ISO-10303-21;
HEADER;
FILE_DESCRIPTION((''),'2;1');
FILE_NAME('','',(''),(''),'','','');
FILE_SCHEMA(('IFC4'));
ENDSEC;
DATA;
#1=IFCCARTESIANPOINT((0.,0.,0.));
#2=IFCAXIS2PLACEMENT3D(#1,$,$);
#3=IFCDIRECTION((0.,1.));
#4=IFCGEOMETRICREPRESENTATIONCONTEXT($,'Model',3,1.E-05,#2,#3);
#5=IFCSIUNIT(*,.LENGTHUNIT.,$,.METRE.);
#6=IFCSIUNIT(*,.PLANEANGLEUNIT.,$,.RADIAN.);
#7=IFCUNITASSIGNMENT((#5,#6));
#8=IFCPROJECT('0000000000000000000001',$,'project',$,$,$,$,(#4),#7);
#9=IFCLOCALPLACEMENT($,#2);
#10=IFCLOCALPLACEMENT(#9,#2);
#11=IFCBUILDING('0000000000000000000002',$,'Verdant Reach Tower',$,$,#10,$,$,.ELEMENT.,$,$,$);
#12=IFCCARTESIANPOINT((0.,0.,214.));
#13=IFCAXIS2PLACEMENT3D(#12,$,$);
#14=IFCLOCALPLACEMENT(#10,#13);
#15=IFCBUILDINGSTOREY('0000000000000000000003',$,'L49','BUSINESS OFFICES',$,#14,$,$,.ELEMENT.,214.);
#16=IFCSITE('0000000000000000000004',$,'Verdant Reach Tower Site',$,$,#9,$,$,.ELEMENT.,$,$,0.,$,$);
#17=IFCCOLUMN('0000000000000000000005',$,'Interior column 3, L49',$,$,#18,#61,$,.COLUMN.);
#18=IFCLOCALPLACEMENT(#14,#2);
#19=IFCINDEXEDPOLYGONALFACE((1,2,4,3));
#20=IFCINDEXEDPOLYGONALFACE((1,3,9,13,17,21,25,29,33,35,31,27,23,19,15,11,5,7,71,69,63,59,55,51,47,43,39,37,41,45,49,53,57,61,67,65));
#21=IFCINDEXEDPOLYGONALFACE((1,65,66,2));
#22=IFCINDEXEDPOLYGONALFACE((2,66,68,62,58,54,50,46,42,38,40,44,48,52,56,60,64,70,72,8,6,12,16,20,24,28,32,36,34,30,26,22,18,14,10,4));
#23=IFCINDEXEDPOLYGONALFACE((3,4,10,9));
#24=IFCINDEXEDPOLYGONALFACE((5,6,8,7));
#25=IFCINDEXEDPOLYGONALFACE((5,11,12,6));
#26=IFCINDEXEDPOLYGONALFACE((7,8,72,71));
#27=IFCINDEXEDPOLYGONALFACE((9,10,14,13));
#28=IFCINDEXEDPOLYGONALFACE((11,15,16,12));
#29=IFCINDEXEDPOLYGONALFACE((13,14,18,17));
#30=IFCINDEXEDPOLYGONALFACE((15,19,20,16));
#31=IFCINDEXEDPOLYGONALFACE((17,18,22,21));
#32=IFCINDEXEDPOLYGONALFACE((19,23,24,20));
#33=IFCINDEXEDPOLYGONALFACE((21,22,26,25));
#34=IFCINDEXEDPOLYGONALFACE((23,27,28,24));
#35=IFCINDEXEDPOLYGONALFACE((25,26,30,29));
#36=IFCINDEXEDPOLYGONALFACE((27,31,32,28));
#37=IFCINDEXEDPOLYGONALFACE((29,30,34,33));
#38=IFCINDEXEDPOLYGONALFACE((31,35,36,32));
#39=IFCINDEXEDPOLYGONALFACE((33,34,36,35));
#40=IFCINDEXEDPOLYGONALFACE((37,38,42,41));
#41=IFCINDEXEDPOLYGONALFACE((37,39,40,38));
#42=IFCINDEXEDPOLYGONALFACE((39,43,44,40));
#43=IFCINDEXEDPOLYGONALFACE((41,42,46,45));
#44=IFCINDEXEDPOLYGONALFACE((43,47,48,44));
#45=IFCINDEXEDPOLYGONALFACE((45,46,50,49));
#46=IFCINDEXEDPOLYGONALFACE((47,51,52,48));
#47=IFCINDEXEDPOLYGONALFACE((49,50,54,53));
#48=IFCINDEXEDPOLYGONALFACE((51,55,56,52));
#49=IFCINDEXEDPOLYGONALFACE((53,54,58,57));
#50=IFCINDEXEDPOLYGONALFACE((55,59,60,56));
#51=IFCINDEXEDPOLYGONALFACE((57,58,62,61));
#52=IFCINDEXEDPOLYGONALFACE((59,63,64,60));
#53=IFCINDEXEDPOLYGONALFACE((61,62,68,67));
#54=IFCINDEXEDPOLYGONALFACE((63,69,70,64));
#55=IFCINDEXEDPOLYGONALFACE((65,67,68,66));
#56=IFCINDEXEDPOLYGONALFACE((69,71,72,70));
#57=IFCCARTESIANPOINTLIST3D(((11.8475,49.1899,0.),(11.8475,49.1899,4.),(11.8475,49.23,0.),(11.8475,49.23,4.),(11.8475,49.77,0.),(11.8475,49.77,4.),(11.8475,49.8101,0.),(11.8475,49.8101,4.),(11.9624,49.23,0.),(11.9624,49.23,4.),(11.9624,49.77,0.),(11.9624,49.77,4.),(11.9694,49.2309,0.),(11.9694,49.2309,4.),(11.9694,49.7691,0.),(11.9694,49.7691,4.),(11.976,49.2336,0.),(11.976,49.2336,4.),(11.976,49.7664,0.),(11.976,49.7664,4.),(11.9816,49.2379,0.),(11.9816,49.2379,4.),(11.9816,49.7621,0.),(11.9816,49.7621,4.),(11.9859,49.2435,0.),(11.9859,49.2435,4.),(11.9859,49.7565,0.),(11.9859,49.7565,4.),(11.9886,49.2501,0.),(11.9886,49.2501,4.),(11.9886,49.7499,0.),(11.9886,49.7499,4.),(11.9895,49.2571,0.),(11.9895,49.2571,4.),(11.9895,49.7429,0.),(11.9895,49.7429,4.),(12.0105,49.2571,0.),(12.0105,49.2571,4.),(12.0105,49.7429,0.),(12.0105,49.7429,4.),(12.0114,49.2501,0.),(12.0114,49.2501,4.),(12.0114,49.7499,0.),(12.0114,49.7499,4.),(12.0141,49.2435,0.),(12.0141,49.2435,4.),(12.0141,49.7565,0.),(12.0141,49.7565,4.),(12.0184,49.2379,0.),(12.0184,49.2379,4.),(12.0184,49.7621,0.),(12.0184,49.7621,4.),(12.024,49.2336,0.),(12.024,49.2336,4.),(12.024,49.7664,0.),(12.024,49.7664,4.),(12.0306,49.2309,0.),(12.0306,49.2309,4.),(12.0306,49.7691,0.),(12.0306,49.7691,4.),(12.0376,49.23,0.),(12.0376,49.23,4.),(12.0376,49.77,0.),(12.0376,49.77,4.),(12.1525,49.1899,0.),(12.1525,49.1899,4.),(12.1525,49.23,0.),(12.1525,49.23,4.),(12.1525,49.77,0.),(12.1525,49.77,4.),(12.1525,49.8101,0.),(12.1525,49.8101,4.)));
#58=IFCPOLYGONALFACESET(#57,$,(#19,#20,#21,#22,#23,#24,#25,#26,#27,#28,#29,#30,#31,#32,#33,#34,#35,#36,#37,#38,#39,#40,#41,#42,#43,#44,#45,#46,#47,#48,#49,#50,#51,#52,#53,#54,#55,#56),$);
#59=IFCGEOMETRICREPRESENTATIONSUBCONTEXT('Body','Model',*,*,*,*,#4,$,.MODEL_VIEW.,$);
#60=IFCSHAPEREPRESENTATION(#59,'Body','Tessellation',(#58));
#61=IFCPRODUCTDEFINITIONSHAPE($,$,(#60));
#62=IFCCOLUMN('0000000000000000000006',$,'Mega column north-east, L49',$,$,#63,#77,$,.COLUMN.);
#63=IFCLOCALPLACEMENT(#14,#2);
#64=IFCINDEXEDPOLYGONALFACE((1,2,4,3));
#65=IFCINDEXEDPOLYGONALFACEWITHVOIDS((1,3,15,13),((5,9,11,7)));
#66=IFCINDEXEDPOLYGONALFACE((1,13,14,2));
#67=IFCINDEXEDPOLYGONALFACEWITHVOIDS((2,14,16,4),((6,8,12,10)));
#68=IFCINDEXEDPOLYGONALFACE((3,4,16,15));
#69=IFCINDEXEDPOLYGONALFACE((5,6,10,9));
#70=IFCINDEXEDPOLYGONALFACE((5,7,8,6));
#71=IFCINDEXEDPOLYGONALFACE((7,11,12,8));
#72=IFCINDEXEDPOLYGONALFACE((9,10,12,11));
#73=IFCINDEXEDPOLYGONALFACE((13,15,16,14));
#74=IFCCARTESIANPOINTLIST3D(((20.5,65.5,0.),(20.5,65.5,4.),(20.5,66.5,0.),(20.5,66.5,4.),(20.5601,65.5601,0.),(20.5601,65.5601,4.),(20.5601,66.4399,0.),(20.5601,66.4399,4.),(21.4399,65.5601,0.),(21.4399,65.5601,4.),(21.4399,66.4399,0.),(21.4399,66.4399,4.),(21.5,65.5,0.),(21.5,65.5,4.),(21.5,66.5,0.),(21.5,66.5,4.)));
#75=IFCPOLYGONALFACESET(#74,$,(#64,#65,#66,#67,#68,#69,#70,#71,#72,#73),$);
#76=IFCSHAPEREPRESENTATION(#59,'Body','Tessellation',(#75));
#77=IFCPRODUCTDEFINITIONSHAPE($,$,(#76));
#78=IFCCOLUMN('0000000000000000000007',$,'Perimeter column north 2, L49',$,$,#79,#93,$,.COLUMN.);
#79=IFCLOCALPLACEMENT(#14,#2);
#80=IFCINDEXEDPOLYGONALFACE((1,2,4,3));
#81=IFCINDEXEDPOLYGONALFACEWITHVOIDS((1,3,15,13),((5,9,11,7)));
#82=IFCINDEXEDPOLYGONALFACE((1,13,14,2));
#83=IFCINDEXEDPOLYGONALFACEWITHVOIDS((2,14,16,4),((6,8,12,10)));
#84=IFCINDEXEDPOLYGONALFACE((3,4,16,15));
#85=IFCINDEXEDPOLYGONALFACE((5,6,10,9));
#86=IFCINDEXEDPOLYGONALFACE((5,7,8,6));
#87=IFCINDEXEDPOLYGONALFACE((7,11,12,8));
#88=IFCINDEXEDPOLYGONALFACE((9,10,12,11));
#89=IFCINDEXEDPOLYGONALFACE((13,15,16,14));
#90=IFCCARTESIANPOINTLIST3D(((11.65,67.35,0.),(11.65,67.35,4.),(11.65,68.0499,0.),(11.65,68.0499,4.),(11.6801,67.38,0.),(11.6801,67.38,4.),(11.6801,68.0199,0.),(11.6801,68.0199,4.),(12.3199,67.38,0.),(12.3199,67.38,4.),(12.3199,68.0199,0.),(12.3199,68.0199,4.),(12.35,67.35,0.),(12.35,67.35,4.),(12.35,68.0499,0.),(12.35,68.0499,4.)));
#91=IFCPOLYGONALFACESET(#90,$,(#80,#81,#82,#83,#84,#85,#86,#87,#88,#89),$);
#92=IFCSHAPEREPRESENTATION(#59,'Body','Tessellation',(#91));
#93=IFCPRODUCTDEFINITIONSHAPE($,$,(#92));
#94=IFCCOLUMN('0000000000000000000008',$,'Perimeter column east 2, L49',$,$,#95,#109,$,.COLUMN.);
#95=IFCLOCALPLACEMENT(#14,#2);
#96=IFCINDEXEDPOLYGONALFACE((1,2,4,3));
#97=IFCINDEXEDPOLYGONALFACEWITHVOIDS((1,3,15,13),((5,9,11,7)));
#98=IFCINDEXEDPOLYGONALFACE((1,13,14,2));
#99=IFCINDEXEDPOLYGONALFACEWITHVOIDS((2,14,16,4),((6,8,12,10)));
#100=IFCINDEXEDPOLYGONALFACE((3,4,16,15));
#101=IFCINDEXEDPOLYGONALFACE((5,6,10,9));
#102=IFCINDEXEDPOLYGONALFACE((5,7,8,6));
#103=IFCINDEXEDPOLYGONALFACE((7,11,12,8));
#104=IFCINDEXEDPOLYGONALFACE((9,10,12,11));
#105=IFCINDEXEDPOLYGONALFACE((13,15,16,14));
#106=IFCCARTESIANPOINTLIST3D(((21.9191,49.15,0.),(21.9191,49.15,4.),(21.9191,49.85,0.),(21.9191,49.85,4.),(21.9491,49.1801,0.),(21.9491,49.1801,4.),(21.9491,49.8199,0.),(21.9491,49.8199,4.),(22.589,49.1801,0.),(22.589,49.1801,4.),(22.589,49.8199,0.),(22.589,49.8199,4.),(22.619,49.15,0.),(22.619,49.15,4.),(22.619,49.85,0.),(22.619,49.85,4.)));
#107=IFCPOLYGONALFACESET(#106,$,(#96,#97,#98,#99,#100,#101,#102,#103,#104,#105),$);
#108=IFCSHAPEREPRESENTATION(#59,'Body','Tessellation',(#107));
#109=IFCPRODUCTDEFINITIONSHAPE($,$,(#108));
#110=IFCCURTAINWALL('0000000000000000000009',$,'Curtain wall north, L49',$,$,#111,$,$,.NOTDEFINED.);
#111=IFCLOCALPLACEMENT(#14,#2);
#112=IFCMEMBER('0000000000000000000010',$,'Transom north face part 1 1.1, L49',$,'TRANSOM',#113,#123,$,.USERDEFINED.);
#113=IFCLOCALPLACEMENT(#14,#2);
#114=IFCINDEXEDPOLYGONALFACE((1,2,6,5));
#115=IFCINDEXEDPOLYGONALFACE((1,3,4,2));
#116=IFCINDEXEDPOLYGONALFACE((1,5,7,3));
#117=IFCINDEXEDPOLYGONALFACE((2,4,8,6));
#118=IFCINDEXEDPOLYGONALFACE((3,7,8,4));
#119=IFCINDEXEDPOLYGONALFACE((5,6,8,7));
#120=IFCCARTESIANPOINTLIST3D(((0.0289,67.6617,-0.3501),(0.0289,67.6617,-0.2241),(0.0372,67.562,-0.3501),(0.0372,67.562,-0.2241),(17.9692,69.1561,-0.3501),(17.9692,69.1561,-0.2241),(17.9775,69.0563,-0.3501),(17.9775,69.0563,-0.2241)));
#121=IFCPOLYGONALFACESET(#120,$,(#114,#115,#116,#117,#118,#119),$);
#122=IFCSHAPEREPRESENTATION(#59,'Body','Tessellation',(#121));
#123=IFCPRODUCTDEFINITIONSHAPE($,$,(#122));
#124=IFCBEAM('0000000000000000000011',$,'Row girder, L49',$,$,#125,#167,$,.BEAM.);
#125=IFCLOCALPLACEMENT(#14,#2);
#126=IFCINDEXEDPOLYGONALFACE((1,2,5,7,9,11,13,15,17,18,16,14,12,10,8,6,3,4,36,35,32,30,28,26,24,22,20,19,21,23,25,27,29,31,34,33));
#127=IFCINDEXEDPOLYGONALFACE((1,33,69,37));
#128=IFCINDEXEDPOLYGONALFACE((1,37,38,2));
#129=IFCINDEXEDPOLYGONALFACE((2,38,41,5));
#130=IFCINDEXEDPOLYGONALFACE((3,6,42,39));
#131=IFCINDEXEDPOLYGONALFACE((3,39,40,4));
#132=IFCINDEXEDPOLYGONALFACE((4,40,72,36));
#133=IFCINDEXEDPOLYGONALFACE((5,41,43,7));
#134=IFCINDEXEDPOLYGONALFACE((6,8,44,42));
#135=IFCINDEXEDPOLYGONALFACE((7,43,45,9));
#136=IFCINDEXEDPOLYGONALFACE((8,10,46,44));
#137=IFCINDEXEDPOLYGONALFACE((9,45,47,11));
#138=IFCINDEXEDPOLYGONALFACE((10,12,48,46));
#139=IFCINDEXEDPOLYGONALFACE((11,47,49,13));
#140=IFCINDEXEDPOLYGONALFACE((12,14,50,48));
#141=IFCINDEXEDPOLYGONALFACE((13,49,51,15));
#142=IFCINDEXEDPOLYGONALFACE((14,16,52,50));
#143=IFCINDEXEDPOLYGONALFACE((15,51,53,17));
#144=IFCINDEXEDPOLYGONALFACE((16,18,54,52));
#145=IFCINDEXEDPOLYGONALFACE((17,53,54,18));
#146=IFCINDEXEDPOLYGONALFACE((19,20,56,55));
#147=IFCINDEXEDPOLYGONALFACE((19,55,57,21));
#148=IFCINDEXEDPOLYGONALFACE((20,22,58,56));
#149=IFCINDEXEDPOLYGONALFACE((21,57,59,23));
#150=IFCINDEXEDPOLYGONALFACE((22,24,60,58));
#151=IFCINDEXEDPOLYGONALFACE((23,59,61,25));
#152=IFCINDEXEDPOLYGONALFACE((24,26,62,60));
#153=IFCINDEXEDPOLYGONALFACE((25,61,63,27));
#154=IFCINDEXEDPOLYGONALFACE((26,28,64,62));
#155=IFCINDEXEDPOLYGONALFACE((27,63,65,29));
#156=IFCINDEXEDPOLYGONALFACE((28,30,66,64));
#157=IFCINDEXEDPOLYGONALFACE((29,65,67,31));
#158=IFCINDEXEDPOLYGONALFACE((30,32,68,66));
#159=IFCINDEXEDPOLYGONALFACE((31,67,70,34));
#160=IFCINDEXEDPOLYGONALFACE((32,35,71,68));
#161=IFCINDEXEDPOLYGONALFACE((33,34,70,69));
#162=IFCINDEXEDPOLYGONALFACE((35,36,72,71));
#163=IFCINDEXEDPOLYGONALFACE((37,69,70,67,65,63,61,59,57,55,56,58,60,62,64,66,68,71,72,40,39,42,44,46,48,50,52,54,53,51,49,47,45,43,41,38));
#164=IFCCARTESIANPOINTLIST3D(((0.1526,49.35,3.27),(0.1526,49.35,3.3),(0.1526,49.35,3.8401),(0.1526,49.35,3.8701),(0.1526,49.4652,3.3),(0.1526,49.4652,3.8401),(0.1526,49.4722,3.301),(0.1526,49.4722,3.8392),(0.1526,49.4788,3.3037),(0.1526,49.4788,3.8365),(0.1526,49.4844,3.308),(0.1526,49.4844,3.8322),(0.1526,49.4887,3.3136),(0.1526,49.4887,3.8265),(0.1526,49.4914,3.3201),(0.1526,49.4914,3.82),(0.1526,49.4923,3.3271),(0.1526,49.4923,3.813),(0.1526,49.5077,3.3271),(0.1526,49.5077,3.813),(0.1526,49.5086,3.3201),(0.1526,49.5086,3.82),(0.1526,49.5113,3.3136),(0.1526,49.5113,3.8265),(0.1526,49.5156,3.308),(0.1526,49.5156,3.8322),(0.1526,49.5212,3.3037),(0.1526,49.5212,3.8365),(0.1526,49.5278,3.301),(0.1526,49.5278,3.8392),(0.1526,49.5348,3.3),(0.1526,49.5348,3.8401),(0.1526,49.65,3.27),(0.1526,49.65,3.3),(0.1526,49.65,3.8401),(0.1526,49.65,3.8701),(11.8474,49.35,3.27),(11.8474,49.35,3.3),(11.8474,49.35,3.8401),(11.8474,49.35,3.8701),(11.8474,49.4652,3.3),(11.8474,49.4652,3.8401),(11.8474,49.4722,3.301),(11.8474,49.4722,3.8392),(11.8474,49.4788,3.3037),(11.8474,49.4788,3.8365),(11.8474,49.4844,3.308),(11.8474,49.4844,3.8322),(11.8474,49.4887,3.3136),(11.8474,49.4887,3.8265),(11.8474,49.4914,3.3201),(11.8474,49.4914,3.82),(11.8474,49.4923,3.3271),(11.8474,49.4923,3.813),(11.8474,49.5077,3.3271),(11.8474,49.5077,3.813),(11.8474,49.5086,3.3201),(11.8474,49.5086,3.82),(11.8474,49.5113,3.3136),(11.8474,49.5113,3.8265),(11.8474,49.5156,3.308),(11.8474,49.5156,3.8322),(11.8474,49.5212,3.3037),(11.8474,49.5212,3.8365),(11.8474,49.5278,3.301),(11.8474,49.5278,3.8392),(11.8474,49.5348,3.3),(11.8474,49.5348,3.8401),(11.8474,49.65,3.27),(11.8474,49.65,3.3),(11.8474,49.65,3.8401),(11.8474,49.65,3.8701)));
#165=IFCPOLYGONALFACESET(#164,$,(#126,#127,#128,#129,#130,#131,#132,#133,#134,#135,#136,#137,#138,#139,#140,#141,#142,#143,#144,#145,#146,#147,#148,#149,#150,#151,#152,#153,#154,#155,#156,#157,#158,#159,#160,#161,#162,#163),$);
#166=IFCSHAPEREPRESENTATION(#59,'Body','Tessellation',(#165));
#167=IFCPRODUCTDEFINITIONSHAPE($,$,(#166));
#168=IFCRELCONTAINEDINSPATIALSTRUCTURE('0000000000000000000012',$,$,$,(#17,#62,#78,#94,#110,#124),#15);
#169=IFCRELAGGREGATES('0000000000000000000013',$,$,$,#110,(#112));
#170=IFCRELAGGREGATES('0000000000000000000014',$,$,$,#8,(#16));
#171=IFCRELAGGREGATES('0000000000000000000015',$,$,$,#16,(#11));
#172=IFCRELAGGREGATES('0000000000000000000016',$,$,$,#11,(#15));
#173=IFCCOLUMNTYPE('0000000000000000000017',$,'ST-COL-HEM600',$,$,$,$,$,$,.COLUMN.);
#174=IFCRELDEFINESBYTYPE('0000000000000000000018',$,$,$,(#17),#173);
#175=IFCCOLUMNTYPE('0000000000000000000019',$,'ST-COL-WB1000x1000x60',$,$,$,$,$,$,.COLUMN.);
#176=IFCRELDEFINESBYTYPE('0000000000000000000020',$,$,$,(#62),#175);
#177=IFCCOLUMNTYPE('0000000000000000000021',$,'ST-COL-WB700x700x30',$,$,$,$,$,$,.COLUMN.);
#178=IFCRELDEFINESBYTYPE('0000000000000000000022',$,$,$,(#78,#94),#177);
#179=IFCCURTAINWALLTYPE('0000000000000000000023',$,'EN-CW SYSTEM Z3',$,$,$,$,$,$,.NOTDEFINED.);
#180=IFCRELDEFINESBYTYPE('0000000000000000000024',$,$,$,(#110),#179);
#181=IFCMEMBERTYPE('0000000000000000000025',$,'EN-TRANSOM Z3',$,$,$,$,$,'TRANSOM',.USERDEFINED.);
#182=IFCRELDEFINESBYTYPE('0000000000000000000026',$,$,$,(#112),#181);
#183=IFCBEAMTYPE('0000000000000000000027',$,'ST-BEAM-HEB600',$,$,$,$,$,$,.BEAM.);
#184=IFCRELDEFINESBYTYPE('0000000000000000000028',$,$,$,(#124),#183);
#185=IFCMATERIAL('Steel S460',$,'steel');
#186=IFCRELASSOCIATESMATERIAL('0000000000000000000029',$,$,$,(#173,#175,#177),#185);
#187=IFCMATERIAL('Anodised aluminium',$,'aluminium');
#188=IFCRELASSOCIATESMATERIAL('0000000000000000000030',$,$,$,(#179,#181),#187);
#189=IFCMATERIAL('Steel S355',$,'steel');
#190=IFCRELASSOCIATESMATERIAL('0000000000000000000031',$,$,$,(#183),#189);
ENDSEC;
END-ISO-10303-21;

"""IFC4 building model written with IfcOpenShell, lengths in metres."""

from ifc_helpers import new_model, si_unit, direction, frame, origin, origin_2d, place, context, subcontext, project, spatial, rectangle, hollow_rectangle, i_section, extrude, material, material_profile, profile_set, type_object, element, aggregate, save


model = new_model("IFC4")

# Units and contexts
model_context = context("Model", 3, precision=1e-05, world=origin(), true_north=direction((0.0, 1.0)))
body_context = subcontext(model_context, "Body", "Model", "MODEL_VIEW")
ifc_project = project(units=[si_unit("LENGTHUNIT", "METRE"), si_unit("PLANEANGLEUNIT", "RADIAN")], contexts=[model_context])

# Site, building, storey
site_placement = place(None, origin())
site = spatial("IfcSite", under=ifc_project, at=site_placement, Name="Verdant Reach Tower Site", CompositionType="ELEMENT", RefElevation=0.0)
building_placement = place(site_placement, origin())
building = spatial("IfcBuilding", under=site, at=building_placement, Name="Verdant Reach Tower", CompositionType="ELEMENT")
storey_placement = place(building_placement, frame((0.0, 0.0, 214.0)))
storey = spatial("IfcBuildingStorey", under=building, at=storey_placement, Name="L49", Description="BUSINESS OFFICES", CompositionType="ELEMENT", Elevation=214.0)

# Columns
ifc_material_1 = material(Name="Steel S460", Category="steel")
ifc_material_profile_1 = material_profile(ifc_material_1, i_section(OverallWidth=0.3049, OverallDepth=0.6201, WebThickness=0.021, FlangeThickness=0.04, FilletRadius=0.0271, at=origin_2d()), Name="HEM 600")
ifc_profile_set_1 = profile_set([ifc_material_profile_1], Name="Steel S460")
column_type_1 = type_object("IfcColumnType", Name="ST-COL-HEM600", PredefinedType="COLUMN", material=ifc_profile_set_1)
column_1_placement = place(storey_placement, frame((12.0, 49.5, 0.0), z_axis=(0.0, 0.0, 1.0), x_axis=(1.0, 0.0, 0.0)))
element("IfcColumn", 1, at=column_1_placement, inside=storey, type_object=column_type_1, Name="Interior column 3, L49", PredefinedType="COLUMN", context=body_context, shape_type="SweptSolid", body=[
    extrude(i_section(OverallWidth=0.3049, OverallDepth=0.6201, WebThickness=0.021, FlangeThickness=0.04, FilletRadius=0.0271, at=origin_2d()), origin(), (0.0, 0.0, 1.0), 4.0),
])
ifc_material_profile_2 = material_profile(ifc_material_1, hollow_rectangle(XDim=1.0, YDim=1.0, WallThickness=0.0601, at=origin_2d()), Name="WB 1000x1000x60")
ifc_profile_set_2 = profile_set([ifc_material_profile_2], Name="Steel S460")
column_type_2 = type_object("IfcColumnType", Name="ST-COL-WB1000x1000x60", PredefinedType="COLUMN", material=ifc_profile_set_2)
column_2_placement = place(storey_placement, frame((21.0, 66.0, 0.0), z_axis=(0.0, 0.0, 1.0), x_axis=(1.0, 0.0, 0.0)))
element("IfcColumn", 2, at=column_2_placement, inside=storey, type_object=column_type_2, Name="Mega column north-east, L49", PredefinedType="COLUMN", context=body_context, shape_type="SweptSolid", body=[
    extrude(hollow_rectangle(XDim=1.0, YDim=1.0, WallThickness=0.0601, at=origin_2d()), origin(), (0.0, 0.0, 1.0), 4.0),
])
ifc_material_profile_3 = material_profile(ifc_material_1, hollow_rectangle(XDim=0.7, YDim=0.7, WallThickness=0.03, at=origin_2d()), Name="WB 700x700x30")
ifc_profile_set_3 = profile_set([ifc_material_profile_3], Name="Steel S460")
column_type_3 = type_object("IfcColumnType", Name="ST-COL-WB700x700x30", PredefinedType="COLUMN", material=ifc_profile_set_3)
for number, where, z_axis, x_axis, name in (
    (3, (12.0, 67.7, 0.0), (0.0, 0.0, 1.0), (1.0, 0.0, 0.0), "Perimeter column north 2, L49"),
    (4, (22.269, 49.5, 0.0), (0.0, 0.0, 1.0), (1.0, 0.0, 0.0), "Perimeter column east 2, L49"),
):
    element("IfcColumn", number, at=place(storey_placement, frame(where, z_axis=z_axis, x_axis=x_axis)), inside=storey, type_object=column_type_3, Name=name, PredefinedType="COLUMN", context=body_context, shape_type="SweptSolid", body=[
        extrude(hollow_rectangle(XDim=0.7, YDim=0.7, WallThickness=0.03, at=origin_2d()), origin(), (0.0, 0.0, 1.0), 4.0),
    ])

# Curtain wall, member
ifc_material_2 = material(Name="Anodised aluminium", Category="aluminium")
curtain_wall_type = type_object("IfcCurtainWallType", Name="EN-CW SYSTEM Z3", PredefinedType="NOTDEFINED", material=ifc_material_2)
curtain_wall_1_placement = place(storey_placement, origin())
curtain_wall_1 = element("IfcCurtainWall", 5, at=curtain_wall_1_placement, inside=storey, type_object=curtain_wall_type, Name="Curtain wall north, L49", PredefinedType="NOTDEFINED")
ifc_material_profile_4 = material_profile(ifc_material_2, rectangle(XDim=0.1001, YDim=0.126, at=origin_2d()), Name="Transom 126x100")
ifc_profile_set_4 = profile_set([ifc_material_profile_4], Name="Anodised aluminium")
member_type = type_object("IfcMemberType", Name="EN-TRANSOM Z3", ElementType="TRANSOM", PredefinedType="USERDEFINED", material=ifc_profile_set_4)
member_placement = place(storey_placement, frame((17.9734, 69.1062, -0.2871), z_axis=(-0.996549, -0.08301, 0.0), x_axis=(0.08301, -0.996549, 0.0)))
member = element("IfcMember", 6, at=member_placement, type_object=member_type, Name="Transom north face part 1 1.1, L49", ObjectType="TRANSOM", PredefinedType="USERDEFINED", context=body_context, shape_type="SweptSolid", body=[
    extrude(rectangle(XDim=0.1001, YDim=0.126, at=origin_2d()), origin(), (0.0, 0.0, 1.0), 18.0024),
])

# Beam
ifc_material_3 = material(Name="Steel S355", Category="steel")
ifc_material_profile_5 = material_profile(ifc_material_3, i_section(OverallWidth=0.3, OverallDepth=0.6001, WebThickness=0.0154, FlangeThickness=0.03, FilletRadius=0.0271, at=origin_2d()), Name="HEB 600")
ifc_profile_set_5 = profile_set([ifc_material_profile_5], Name="Steel S355")
beam_type_1 = type_object("IfcBeamType", Name="ST-BEAM-HEB600", PredefinedType="BEAM", material=ifc_profile_set_5)
beam_1_placement = place(storey_placement, frame((0.1526, 49.5, 3.5701), z_axis=(1.0, 0.0, 0.0), x_axis=(0.0, 1.0, 0.0)))
element("IfcBeam", 7, at=beam_1_placement, inside=storey, type_object=beam_type_1, Name="Row girder, L49", PredefinedType="BEAM", context=body_context, shape_type="SweptSolid", body=[
    extrude(i_section(OverallWidth=0.3, OverallDepth=0.6001, WebThickness=0.0154, FlangeThickness=0.03, FilletRadius=0.0271, at=origin_2d()), origin(), (0.0, 0.0, 1.0), 11.6948),
])

aggregate(curtain_wall_1, [member])

save(model, "model.ifc")
